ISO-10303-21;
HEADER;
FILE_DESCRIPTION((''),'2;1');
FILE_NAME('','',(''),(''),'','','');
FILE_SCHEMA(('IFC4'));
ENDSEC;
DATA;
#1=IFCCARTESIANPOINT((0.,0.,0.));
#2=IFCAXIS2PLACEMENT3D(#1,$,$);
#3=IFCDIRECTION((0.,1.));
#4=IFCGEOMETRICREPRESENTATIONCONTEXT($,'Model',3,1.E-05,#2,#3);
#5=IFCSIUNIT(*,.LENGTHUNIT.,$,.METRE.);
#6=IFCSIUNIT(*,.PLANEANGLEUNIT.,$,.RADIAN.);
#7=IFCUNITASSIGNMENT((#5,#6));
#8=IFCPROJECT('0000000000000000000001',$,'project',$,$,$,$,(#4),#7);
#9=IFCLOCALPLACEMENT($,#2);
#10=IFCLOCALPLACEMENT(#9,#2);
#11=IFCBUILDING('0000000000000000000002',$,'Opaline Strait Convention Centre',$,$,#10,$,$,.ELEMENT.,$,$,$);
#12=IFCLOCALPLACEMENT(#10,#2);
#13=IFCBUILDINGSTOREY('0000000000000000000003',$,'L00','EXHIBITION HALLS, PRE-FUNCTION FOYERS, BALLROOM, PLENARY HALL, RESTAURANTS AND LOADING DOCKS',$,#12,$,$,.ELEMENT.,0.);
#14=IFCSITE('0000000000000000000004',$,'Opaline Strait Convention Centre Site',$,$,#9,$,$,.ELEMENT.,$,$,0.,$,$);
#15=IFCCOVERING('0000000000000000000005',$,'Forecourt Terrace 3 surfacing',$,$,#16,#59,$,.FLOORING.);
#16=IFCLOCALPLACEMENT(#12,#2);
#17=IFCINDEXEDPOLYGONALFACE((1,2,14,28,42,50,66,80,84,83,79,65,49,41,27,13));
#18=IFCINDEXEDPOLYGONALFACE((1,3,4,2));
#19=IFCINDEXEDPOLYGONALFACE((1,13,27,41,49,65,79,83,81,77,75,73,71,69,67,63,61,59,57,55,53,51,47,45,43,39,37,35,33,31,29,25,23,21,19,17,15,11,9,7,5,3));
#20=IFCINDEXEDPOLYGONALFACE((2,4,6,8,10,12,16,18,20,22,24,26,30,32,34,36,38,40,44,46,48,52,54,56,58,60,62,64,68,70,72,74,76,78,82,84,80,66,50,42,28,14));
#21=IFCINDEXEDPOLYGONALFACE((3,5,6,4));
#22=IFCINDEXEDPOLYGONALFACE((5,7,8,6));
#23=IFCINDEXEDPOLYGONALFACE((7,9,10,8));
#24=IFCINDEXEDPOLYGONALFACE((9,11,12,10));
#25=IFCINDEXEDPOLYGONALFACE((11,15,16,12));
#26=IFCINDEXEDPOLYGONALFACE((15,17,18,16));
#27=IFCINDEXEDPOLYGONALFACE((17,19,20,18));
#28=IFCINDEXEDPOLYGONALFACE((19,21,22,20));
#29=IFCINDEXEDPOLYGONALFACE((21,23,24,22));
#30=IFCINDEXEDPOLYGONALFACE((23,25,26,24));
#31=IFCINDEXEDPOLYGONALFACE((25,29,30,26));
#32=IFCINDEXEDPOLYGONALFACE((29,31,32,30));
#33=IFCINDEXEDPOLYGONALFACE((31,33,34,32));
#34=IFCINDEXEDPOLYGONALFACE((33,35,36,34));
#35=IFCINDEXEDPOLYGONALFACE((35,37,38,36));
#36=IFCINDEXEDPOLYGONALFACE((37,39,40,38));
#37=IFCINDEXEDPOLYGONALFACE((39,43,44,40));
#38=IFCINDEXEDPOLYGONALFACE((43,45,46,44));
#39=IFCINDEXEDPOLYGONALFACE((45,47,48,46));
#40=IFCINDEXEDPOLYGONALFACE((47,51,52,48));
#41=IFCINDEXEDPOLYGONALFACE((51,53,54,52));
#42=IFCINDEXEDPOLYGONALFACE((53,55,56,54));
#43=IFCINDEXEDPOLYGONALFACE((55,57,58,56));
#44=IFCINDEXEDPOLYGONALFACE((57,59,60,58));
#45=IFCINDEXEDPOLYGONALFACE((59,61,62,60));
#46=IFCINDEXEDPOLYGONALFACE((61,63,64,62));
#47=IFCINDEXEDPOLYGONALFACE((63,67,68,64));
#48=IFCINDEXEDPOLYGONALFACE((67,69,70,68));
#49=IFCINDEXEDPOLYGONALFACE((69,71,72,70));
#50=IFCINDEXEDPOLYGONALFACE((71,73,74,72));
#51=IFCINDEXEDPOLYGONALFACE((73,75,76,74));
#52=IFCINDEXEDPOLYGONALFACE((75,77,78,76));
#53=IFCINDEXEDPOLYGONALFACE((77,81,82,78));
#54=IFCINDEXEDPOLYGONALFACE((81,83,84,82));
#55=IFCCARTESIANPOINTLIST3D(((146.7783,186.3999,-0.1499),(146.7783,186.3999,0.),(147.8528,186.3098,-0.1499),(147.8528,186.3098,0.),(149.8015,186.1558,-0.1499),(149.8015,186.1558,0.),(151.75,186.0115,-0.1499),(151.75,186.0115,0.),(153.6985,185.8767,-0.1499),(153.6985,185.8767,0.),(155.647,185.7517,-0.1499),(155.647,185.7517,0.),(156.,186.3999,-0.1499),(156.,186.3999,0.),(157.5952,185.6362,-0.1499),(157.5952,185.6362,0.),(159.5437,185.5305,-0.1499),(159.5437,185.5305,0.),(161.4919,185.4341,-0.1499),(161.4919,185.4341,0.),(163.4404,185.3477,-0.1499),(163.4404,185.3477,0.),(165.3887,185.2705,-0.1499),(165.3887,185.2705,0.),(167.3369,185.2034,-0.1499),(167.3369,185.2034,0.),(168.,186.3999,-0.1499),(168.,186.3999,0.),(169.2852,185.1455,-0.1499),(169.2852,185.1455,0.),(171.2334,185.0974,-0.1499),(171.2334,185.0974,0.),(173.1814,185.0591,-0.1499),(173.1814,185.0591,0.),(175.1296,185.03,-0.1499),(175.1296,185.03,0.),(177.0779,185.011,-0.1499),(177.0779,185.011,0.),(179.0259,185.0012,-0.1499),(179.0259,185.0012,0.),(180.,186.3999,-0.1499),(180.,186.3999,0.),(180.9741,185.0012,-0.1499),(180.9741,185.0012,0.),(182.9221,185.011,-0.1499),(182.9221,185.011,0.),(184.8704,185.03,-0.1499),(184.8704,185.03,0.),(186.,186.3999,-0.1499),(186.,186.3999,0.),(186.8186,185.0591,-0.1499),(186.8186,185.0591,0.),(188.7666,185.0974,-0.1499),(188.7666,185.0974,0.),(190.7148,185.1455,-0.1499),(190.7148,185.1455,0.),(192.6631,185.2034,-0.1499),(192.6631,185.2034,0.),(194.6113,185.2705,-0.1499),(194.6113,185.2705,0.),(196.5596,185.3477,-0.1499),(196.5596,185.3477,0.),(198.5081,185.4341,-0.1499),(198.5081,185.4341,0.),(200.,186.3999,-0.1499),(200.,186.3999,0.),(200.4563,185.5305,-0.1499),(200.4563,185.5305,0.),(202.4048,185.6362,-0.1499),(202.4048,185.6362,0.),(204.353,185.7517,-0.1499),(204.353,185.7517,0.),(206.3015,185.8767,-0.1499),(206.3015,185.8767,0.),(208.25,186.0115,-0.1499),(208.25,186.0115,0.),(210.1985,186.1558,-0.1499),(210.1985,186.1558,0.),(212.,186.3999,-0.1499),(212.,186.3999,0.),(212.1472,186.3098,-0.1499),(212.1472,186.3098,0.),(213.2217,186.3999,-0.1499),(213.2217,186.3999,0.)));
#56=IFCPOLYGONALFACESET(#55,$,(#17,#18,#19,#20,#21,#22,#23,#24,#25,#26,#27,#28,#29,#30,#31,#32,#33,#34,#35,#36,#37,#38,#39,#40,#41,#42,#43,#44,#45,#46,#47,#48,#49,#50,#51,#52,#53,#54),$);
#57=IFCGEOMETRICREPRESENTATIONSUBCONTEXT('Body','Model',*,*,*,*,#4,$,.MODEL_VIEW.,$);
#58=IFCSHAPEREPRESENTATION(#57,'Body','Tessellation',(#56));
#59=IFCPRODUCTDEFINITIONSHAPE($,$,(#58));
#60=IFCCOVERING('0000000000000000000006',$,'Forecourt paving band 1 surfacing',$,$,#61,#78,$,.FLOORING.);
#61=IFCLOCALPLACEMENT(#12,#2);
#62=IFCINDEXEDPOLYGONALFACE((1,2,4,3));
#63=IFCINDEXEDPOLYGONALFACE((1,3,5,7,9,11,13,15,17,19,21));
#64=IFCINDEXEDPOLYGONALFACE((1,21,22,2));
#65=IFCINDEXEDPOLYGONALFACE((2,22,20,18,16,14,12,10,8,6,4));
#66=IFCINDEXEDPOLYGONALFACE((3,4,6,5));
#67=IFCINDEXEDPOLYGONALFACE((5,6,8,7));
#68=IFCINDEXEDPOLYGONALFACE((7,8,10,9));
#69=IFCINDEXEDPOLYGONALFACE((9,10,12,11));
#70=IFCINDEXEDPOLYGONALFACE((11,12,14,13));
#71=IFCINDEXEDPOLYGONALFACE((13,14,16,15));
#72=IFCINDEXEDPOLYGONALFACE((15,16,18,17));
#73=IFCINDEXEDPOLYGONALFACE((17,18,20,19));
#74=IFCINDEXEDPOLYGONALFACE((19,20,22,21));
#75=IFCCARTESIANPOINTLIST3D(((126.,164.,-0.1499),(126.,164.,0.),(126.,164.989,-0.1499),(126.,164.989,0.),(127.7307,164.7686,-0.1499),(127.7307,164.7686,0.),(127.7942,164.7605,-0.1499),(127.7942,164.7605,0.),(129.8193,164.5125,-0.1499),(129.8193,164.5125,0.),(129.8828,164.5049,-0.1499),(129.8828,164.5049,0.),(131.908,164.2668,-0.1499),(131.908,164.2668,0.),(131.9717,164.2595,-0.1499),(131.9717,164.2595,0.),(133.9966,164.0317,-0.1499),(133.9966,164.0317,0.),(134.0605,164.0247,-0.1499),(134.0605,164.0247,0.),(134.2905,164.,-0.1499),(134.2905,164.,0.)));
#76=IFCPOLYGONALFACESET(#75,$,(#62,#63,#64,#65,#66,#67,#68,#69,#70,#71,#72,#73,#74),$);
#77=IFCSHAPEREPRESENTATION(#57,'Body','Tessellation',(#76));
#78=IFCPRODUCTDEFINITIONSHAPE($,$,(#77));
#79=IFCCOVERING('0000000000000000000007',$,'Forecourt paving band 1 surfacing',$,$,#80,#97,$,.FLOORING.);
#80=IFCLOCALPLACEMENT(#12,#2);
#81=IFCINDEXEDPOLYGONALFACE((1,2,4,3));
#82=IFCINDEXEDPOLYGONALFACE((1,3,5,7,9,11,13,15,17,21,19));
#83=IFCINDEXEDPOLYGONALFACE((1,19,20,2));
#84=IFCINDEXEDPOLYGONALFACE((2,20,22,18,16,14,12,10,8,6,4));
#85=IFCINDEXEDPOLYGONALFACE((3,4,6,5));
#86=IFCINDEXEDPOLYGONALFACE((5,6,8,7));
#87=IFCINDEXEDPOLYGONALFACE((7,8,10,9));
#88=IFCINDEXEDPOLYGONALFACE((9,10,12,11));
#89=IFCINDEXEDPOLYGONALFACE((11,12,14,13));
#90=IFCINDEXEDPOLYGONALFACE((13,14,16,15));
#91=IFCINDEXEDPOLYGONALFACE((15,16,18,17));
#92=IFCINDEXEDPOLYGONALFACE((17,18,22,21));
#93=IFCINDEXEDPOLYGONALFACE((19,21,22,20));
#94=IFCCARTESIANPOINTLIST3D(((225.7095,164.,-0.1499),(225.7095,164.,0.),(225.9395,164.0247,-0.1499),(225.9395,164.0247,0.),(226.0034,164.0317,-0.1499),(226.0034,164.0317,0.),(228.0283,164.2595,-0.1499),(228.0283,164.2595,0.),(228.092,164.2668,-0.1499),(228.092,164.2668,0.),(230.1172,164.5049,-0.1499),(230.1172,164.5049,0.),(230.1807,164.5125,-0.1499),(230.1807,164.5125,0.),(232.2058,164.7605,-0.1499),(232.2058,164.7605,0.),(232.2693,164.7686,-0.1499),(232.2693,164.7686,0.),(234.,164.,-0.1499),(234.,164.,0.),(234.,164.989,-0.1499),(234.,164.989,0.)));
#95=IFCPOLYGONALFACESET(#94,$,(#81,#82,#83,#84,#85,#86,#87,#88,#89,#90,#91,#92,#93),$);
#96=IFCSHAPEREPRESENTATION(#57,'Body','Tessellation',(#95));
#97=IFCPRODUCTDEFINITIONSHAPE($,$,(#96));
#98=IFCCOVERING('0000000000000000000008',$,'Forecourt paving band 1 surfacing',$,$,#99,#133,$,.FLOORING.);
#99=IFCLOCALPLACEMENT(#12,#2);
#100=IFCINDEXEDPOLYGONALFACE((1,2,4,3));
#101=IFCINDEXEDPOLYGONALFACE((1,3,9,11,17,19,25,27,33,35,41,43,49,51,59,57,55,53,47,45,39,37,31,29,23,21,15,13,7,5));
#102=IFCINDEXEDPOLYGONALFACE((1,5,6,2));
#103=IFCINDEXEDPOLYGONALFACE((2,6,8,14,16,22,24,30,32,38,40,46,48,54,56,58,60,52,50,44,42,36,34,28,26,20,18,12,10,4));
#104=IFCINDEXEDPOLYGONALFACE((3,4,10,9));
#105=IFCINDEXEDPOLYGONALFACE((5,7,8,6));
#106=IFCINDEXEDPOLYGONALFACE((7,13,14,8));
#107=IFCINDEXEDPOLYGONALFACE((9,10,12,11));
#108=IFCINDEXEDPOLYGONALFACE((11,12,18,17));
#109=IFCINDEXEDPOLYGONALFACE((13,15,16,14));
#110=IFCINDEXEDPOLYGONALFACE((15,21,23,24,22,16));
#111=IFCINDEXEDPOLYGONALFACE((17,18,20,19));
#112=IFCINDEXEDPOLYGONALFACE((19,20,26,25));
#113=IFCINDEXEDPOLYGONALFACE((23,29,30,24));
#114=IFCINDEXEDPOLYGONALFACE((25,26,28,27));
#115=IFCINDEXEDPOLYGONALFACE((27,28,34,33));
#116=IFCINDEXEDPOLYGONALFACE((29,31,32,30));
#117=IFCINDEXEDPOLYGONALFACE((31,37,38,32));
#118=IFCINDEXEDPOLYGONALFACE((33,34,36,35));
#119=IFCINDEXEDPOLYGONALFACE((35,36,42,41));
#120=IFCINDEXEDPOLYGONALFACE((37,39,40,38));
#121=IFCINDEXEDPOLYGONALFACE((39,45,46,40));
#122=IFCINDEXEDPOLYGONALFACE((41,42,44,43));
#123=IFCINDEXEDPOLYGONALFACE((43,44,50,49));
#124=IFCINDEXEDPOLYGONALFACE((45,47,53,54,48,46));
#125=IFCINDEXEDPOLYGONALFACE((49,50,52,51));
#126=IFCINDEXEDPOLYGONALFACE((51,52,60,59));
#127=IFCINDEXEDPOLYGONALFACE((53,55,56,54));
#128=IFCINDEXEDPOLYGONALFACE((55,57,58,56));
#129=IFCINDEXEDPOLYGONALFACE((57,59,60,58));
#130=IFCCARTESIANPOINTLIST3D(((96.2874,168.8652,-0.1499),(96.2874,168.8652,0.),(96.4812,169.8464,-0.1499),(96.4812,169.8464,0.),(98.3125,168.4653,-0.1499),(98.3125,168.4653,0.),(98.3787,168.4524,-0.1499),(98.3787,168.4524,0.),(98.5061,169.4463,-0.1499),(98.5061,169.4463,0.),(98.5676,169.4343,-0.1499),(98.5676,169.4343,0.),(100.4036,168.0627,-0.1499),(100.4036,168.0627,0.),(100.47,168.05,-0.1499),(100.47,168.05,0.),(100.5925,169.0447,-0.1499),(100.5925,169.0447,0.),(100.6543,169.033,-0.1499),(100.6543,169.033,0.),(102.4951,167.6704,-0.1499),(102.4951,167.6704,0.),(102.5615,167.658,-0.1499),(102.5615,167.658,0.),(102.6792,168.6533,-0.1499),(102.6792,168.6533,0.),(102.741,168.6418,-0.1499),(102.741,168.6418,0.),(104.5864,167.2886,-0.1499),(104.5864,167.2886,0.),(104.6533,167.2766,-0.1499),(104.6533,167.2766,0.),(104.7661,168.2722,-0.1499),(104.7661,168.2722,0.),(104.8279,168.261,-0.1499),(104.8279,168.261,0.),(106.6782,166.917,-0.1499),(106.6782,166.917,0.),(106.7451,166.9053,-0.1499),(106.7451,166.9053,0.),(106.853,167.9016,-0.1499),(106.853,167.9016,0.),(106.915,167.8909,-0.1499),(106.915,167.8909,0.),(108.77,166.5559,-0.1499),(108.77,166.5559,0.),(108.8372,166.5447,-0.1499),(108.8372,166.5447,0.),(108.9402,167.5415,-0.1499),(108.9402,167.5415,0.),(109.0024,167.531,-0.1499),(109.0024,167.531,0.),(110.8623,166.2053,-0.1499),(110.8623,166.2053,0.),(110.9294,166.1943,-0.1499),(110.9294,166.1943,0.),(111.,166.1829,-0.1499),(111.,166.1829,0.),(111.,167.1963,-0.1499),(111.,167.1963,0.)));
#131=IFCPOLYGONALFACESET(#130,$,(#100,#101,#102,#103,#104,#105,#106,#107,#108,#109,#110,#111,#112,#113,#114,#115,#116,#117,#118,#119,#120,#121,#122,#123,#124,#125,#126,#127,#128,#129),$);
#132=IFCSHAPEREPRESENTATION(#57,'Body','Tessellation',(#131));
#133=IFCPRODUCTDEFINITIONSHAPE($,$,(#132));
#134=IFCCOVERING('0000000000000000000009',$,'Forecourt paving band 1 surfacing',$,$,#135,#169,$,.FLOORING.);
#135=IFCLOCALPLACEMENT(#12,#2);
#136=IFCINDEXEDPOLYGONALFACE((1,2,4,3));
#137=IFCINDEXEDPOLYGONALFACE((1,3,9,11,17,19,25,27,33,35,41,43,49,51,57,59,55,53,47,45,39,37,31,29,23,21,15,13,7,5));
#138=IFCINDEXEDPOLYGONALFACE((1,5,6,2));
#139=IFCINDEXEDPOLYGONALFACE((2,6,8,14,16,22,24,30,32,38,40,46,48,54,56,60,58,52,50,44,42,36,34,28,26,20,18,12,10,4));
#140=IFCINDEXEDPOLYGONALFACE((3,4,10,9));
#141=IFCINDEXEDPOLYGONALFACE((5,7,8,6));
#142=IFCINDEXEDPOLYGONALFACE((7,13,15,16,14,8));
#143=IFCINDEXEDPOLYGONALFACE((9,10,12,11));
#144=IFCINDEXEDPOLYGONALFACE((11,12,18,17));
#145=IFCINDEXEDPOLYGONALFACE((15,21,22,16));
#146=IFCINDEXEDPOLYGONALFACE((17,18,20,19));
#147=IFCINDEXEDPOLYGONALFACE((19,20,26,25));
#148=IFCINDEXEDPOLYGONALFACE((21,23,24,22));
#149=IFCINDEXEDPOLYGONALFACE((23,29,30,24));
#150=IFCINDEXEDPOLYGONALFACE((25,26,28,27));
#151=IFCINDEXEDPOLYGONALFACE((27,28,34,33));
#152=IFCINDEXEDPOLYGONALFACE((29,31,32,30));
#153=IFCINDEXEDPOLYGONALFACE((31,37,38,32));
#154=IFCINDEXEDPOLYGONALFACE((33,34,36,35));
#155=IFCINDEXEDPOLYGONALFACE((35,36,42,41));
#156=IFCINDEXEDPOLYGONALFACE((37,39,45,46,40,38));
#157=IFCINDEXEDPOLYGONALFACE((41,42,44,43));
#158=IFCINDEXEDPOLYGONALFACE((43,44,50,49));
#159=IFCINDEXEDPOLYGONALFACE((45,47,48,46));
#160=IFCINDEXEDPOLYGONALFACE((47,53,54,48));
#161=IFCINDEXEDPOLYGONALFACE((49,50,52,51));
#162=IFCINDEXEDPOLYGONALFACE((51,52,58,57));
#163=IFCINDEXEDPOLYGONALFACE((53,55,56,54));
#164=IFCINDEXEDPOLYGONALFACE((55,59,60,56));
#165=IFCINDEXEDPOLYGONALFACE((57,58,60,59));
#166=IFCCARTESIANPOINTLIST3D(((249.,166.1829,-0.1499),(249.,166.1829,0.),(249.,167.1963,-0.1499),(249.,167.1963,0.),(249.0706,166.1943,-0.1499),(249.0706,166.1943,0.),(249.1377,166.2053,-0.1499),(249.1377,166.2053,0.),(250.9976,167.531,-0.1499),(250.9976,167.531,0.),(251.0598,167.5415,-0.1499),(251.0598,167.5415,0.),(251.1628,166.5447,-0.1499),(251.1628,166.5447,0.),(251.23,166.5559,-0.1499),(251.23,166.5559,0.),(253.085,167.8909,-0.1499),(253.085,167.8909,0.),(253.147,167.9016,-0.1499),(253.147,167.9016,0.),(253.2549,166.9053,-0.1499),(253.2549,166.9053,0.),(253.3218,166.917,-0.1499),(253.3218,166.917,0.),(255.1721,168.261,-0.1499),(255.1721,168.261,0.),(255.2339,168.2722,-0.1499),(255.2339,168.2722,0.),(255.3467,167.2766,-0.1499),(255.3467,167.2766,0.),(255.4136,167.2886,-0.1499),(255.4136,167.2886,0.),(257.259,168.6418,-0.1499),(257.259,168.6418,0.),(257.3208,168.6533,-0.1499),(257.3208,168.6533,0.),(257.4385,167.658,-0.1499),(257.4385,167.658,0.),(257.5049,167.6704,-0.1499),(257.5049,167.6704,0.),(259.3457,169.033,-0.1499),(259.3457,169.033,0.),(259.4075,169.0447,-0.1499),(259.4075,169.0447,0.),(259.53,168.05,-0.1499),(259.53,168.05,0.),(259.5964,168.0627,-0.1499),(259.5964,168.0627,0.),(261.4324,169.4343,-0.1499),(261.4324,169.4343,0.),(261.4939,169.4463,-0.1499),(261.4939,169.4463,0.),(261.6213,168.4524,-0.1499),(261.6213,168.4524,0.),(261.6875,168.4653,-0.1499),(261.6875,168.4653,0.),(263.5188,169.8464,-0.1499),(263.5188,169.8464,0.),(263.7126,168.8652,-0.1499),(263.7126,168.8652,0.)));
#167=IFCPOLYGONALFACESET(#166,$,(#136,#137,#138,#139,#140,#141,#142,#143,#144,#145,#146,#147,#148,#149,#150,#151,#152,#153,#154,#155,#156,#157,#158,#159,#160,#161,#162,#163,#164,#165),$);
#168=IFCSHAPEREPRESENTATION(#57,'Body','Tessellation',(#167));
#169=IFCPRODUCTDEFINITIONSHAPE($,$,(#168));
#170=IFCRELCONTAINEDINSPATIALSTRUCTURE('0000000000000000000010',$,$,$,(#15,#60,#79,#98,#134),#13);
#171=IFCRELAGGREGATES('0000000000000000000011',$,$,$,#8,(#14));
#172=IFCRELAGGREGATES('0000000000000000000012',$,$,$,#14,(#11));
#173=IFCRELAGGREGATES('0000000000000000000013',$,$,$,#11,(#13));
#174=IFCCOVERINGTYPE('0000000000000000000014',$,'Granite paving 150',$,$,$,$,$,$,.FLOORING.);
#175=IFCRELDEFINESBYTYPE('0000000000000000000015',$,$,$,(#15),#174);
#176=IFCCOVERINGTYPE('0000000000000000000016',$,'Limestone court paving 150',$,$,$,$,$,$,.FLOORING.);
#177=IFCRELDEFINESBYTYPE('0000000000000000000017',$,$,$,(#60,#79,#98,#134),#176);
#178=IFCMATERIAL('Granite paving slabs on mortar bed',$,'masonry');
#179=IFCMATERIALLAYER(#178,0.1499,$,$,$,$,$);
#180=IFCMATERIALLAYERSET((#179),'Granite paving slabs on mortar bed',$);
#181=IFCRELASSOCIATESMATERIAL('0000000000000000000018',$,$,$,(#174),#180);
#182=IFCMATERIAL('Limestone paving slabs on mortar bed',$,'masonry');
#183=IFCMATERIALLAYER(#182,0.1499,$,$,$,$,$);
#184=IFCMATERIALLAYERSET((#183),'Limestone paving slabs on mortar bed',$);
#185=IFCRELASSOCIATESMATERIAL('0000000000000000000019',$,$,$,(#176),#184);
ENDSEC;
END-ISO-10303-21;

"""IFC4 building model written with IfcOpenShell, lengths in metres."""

from ifc_helpers import new_model, si_unit, direction, frame, origin, place, context, subcontext, project, spatial, polyline, outline, extrude, material, layer, layer_set, type_object, element, save


model = new_model("IFC4")

# Units and contexts
model_context = context("Model", 3, precision=1e-05, world=origin(), true_north=direction((0.0, 1.0)))
body_context = subcontext(model_context, "Body", "Model", "MODEL_VIEW")
ifc_project = project(units=[si_unit("LENGTHUNIT", "METRE"), si_unit("PLANEANGLEUNIT", "RADIAN")], contexts=[model_context])

# Site, building, storey
site_placement = place(None, origin())
site = spatial("IfcSite", under=ifc_project, at=site_placement, Name="Opaline Strait Convention Centre Site", CompositionType="ELEMENT", RefElevation=0.0)
building_placement = place(site_placement, origin())
building = spatial("IfcBuilding", under=site, at=building_placement, Name="Opaline Strait Convention Centre", CompositionType="ELEMENT")
storey_placement = place(building_placement, origin())
storey = spatial("IfcBuildingStorey", under=building, at=storey_placement, Name="L00", Description="EXHIBITION HALLS, PRE-FUNCTION FOYERS, BALLROOM, PLENARY HALL, RESTAURANTS AND LOADING DOCKS", CompositionType="ELEMENT", Elevation=0.0)

# Coverings
ifc_material_1 = material(Name="Granite paving slabs on mortar bed", Category="masonry")
ifc_layer_1 = layer(ifc_material_1, 0.1499)
ifc_layer_set_1 = layer_set([ifc_layer_1], Name="Granite paving slabs on mortar bed")
covering_type_1 = type_object("IfcCoveringType", Name="Granite paving 150", PredefinedType="FLOORING", material=ifc_layer_set_1)
covering_1_placement = place(storey_placement, frame((0.0, 0.0, -0.1499)))
element("IfcCovering", 1, at=covering_1_placement, inside=storey, type_object=covering_type_1, Name="Forecourt Terrace 3 surfacing", PredefinedType="FLOORING", context=body_context, shape_type="SweptSolid", body=[
    extrude(outline(polyline([(151.75, 186.0115), (153.6985, 185.8767), (155.647, 185.7517), (157.5952, 185.6362), (159.5437, 185.5305), (161.4919, 185.4341), (163.4404, 185.3477), (165.3887, 185.2705), (167.3369, 185.2034), (169.2852, 185.1455), (171.2334, 185.0974), (173.1814, 185.0591), (175.1296, 185.03), (177.0779, 185.011), (179.0259, 185.0012), (180.9741, 185.0012), (182.9221, 185.011), (184.8704, 185.03), (186.8186, 185.0591), (188.7666, 185.0974), (190.7148, 185.1455), (192.6631, 185.2034), (194.6113, 185.2705), (196.5596, 185.3477), (198.5081, 185.4341), (200.4563, 185.5305), (202.4048, 185.6362), (204.353, 185.7517), (206.3015, 185.8767), (208.25, 186.0115), (210.1985, 186.1558), (212.1472, 186.3098), (213.2217, 186.3999), (212.0, 186.3999), (200.0, 186.3999), (186.0, 186.3999), (180.0, 186.3999), (168.0, 186.3999), (156.0, 186.3999), (146.7783, 186.3999), (147.8528, 186.3098), (149.8015, 186.1558), (151.75, 186.0115)])), origin(), (0.0, 0.0, 1.0), 0.1499),
])
ifc_material_2 = material(Name="Limestone paving slabs on mortar bed", Category="masonry")
ifc_layer_2 = layer(ifc_material_2, 0.1499)
ifc_layer_set_2 = layer_set([ifc_layer_2], Name="Limestone paving slabs on mortar bed")
covering_type_2 = type_object("IfcCoveringType", Name="Limestone court paving 150", PredefinedType="FLOORING", material=ifc_layer_set_2)
covering_2_placement = place(storey_placement, frame((0.0, 0.0, -0.1499)))
element("IfcCovering", 2, at=covering_2_placement, inside=storey, type_object=covering_type_2, Name="Forecourt paving band 1 surfacing", PredefinedType="FLOORING", context=body_context, shape_type="SweptSolid", body=[
    extrude(outline(polyline([(129.8193, 164.5125), (127.7942, 164.7605), (127.7307, 164.7686), (126.0, 164.989), (126.0, 164.0), (134.2905, 164.0), (134.0605, 164.0247), (133.9966, 164.0317), (131.9717, 164.2595), (131.908, 164.2668), (129.8828, 164.5049), (129.8193, 164.5125)])), origin(), (0.0, 0.0, 1.0), 0.1499),
])
covering_3_placement = place(storey_placement, frame((0.0, 0.0, -0.1499)))
element("IfcCovering", 3, at=covering_3_placement, inside=storey, type_object=covering_type_2, Name="Forecourt paving band 1 surfacing", PredefinedType="FLOORING", context=body_context, shape_type="SweptSolid", body=[
    extrude(outline(polyline([(228.0283, 164.2595), (226.0034, 164.0317), (225.9395, 164.0247), (225.7095, 164.0), (234.0, 164.0), (234.0, 164.989), (232.2693, 164.7686), (232.2058, 164.7605), (230.1807, 164.5125), (230.1172, 164.5049), (228.092, 164.2668), (228.0283, 164.2595)])), origin(), (0.0, 0.0, 1.0), 0.1499),
])
covering_4_placement = place(storey_placement, frame((0.0, 0.0, -0.1499)))
element("IfcCovering", 4, at=covering_4_placement, inside=storey, type_object=covering_type_2, Name="Forecourt paving band 1 surfacing", PredefinedType="FLOORING", context=body_context, shape_type="SweptSolid", body=[
    extrude(outline(polyline([(108.8372, 166.5447), (110.8623, 166.2053), (110.9294, 166.1943), (111.0, 166.1829), (111.0, 167.1963), (109.0024, 167.531), (108.9402, 167.5415), (106.915, 167.8909), (106.853, 167.9016), (104.8279, 168.261), (104.7661, 168.2722), (102.741, 168.6418), (102.6792, 168.6533), (100.6543, 169.033), (100.5925, 169.0447), (98.5676, 169.4343), (98.5061, 169.4463), (96.4812, 169.8464), (96.2874, 168.8652), (98.3125, 168.4653), (98.3787, 168.4524), (100.4036, 168.0627), (100.47, 168.05), (102.4951, 167.6704), (102.5615, 167.658), (104.5864, 167.2886), (104.6533, 167.2766), (106.6782, 166.917), (106.7451, 166.9053), (108.77, 166.5559), (108.8372, 166.5447)])), origin(), (0.0, 0.0, 1.0), 0.1499),
])
covering_5_placement = place(storey_placement, frame((0.0, 0.0, -0.1499)))
element("IfcCovering", 5, at=covering_5_placement, inside=storey, type_object=covering_type_2, Name="Forecourt paving band 1 surfacing", PredefinedType="FLOORING", context=body_context, shape_type="SweptSolid", body=[
    extrude(outline(polyline([(259.53, 168.05), (259.5964, 168.0627), (261.6213, 168.4524), (261.6875, 168.4653), (263.7126, 168.8652), (263.5188, 169.8464), (261.4939, 169.4463), (261.4324, 169.4343), (259.4075, 169.0447), (259.3457, 169.033), (257.3208, 168.6533), (257.259, 168.6418), (255.2339, 168.2722), (255.1721, 168.261), (253.147, 167.9016), (253.085, 167.8909), (251.0598, 167.5415), (250.9976, 167.531), (249.0, 167.1963), (249.0, 166.1829), (249.0706, 166.1943), (249.1377, 166.2053), (251.1628, 166.5447), (251.23, 166.5559), (253.2549, 166.9053), (253.3218, 166.917), (255.3467, 167.2766), (255.4136, 167.2886), (257.4385, 167.658), (257.5049, 167.6704), (259.53, 168.05)])), origin(), (0.0, 0.0, 1.0), 0.1499),
])

save(model, "model.ifc")
